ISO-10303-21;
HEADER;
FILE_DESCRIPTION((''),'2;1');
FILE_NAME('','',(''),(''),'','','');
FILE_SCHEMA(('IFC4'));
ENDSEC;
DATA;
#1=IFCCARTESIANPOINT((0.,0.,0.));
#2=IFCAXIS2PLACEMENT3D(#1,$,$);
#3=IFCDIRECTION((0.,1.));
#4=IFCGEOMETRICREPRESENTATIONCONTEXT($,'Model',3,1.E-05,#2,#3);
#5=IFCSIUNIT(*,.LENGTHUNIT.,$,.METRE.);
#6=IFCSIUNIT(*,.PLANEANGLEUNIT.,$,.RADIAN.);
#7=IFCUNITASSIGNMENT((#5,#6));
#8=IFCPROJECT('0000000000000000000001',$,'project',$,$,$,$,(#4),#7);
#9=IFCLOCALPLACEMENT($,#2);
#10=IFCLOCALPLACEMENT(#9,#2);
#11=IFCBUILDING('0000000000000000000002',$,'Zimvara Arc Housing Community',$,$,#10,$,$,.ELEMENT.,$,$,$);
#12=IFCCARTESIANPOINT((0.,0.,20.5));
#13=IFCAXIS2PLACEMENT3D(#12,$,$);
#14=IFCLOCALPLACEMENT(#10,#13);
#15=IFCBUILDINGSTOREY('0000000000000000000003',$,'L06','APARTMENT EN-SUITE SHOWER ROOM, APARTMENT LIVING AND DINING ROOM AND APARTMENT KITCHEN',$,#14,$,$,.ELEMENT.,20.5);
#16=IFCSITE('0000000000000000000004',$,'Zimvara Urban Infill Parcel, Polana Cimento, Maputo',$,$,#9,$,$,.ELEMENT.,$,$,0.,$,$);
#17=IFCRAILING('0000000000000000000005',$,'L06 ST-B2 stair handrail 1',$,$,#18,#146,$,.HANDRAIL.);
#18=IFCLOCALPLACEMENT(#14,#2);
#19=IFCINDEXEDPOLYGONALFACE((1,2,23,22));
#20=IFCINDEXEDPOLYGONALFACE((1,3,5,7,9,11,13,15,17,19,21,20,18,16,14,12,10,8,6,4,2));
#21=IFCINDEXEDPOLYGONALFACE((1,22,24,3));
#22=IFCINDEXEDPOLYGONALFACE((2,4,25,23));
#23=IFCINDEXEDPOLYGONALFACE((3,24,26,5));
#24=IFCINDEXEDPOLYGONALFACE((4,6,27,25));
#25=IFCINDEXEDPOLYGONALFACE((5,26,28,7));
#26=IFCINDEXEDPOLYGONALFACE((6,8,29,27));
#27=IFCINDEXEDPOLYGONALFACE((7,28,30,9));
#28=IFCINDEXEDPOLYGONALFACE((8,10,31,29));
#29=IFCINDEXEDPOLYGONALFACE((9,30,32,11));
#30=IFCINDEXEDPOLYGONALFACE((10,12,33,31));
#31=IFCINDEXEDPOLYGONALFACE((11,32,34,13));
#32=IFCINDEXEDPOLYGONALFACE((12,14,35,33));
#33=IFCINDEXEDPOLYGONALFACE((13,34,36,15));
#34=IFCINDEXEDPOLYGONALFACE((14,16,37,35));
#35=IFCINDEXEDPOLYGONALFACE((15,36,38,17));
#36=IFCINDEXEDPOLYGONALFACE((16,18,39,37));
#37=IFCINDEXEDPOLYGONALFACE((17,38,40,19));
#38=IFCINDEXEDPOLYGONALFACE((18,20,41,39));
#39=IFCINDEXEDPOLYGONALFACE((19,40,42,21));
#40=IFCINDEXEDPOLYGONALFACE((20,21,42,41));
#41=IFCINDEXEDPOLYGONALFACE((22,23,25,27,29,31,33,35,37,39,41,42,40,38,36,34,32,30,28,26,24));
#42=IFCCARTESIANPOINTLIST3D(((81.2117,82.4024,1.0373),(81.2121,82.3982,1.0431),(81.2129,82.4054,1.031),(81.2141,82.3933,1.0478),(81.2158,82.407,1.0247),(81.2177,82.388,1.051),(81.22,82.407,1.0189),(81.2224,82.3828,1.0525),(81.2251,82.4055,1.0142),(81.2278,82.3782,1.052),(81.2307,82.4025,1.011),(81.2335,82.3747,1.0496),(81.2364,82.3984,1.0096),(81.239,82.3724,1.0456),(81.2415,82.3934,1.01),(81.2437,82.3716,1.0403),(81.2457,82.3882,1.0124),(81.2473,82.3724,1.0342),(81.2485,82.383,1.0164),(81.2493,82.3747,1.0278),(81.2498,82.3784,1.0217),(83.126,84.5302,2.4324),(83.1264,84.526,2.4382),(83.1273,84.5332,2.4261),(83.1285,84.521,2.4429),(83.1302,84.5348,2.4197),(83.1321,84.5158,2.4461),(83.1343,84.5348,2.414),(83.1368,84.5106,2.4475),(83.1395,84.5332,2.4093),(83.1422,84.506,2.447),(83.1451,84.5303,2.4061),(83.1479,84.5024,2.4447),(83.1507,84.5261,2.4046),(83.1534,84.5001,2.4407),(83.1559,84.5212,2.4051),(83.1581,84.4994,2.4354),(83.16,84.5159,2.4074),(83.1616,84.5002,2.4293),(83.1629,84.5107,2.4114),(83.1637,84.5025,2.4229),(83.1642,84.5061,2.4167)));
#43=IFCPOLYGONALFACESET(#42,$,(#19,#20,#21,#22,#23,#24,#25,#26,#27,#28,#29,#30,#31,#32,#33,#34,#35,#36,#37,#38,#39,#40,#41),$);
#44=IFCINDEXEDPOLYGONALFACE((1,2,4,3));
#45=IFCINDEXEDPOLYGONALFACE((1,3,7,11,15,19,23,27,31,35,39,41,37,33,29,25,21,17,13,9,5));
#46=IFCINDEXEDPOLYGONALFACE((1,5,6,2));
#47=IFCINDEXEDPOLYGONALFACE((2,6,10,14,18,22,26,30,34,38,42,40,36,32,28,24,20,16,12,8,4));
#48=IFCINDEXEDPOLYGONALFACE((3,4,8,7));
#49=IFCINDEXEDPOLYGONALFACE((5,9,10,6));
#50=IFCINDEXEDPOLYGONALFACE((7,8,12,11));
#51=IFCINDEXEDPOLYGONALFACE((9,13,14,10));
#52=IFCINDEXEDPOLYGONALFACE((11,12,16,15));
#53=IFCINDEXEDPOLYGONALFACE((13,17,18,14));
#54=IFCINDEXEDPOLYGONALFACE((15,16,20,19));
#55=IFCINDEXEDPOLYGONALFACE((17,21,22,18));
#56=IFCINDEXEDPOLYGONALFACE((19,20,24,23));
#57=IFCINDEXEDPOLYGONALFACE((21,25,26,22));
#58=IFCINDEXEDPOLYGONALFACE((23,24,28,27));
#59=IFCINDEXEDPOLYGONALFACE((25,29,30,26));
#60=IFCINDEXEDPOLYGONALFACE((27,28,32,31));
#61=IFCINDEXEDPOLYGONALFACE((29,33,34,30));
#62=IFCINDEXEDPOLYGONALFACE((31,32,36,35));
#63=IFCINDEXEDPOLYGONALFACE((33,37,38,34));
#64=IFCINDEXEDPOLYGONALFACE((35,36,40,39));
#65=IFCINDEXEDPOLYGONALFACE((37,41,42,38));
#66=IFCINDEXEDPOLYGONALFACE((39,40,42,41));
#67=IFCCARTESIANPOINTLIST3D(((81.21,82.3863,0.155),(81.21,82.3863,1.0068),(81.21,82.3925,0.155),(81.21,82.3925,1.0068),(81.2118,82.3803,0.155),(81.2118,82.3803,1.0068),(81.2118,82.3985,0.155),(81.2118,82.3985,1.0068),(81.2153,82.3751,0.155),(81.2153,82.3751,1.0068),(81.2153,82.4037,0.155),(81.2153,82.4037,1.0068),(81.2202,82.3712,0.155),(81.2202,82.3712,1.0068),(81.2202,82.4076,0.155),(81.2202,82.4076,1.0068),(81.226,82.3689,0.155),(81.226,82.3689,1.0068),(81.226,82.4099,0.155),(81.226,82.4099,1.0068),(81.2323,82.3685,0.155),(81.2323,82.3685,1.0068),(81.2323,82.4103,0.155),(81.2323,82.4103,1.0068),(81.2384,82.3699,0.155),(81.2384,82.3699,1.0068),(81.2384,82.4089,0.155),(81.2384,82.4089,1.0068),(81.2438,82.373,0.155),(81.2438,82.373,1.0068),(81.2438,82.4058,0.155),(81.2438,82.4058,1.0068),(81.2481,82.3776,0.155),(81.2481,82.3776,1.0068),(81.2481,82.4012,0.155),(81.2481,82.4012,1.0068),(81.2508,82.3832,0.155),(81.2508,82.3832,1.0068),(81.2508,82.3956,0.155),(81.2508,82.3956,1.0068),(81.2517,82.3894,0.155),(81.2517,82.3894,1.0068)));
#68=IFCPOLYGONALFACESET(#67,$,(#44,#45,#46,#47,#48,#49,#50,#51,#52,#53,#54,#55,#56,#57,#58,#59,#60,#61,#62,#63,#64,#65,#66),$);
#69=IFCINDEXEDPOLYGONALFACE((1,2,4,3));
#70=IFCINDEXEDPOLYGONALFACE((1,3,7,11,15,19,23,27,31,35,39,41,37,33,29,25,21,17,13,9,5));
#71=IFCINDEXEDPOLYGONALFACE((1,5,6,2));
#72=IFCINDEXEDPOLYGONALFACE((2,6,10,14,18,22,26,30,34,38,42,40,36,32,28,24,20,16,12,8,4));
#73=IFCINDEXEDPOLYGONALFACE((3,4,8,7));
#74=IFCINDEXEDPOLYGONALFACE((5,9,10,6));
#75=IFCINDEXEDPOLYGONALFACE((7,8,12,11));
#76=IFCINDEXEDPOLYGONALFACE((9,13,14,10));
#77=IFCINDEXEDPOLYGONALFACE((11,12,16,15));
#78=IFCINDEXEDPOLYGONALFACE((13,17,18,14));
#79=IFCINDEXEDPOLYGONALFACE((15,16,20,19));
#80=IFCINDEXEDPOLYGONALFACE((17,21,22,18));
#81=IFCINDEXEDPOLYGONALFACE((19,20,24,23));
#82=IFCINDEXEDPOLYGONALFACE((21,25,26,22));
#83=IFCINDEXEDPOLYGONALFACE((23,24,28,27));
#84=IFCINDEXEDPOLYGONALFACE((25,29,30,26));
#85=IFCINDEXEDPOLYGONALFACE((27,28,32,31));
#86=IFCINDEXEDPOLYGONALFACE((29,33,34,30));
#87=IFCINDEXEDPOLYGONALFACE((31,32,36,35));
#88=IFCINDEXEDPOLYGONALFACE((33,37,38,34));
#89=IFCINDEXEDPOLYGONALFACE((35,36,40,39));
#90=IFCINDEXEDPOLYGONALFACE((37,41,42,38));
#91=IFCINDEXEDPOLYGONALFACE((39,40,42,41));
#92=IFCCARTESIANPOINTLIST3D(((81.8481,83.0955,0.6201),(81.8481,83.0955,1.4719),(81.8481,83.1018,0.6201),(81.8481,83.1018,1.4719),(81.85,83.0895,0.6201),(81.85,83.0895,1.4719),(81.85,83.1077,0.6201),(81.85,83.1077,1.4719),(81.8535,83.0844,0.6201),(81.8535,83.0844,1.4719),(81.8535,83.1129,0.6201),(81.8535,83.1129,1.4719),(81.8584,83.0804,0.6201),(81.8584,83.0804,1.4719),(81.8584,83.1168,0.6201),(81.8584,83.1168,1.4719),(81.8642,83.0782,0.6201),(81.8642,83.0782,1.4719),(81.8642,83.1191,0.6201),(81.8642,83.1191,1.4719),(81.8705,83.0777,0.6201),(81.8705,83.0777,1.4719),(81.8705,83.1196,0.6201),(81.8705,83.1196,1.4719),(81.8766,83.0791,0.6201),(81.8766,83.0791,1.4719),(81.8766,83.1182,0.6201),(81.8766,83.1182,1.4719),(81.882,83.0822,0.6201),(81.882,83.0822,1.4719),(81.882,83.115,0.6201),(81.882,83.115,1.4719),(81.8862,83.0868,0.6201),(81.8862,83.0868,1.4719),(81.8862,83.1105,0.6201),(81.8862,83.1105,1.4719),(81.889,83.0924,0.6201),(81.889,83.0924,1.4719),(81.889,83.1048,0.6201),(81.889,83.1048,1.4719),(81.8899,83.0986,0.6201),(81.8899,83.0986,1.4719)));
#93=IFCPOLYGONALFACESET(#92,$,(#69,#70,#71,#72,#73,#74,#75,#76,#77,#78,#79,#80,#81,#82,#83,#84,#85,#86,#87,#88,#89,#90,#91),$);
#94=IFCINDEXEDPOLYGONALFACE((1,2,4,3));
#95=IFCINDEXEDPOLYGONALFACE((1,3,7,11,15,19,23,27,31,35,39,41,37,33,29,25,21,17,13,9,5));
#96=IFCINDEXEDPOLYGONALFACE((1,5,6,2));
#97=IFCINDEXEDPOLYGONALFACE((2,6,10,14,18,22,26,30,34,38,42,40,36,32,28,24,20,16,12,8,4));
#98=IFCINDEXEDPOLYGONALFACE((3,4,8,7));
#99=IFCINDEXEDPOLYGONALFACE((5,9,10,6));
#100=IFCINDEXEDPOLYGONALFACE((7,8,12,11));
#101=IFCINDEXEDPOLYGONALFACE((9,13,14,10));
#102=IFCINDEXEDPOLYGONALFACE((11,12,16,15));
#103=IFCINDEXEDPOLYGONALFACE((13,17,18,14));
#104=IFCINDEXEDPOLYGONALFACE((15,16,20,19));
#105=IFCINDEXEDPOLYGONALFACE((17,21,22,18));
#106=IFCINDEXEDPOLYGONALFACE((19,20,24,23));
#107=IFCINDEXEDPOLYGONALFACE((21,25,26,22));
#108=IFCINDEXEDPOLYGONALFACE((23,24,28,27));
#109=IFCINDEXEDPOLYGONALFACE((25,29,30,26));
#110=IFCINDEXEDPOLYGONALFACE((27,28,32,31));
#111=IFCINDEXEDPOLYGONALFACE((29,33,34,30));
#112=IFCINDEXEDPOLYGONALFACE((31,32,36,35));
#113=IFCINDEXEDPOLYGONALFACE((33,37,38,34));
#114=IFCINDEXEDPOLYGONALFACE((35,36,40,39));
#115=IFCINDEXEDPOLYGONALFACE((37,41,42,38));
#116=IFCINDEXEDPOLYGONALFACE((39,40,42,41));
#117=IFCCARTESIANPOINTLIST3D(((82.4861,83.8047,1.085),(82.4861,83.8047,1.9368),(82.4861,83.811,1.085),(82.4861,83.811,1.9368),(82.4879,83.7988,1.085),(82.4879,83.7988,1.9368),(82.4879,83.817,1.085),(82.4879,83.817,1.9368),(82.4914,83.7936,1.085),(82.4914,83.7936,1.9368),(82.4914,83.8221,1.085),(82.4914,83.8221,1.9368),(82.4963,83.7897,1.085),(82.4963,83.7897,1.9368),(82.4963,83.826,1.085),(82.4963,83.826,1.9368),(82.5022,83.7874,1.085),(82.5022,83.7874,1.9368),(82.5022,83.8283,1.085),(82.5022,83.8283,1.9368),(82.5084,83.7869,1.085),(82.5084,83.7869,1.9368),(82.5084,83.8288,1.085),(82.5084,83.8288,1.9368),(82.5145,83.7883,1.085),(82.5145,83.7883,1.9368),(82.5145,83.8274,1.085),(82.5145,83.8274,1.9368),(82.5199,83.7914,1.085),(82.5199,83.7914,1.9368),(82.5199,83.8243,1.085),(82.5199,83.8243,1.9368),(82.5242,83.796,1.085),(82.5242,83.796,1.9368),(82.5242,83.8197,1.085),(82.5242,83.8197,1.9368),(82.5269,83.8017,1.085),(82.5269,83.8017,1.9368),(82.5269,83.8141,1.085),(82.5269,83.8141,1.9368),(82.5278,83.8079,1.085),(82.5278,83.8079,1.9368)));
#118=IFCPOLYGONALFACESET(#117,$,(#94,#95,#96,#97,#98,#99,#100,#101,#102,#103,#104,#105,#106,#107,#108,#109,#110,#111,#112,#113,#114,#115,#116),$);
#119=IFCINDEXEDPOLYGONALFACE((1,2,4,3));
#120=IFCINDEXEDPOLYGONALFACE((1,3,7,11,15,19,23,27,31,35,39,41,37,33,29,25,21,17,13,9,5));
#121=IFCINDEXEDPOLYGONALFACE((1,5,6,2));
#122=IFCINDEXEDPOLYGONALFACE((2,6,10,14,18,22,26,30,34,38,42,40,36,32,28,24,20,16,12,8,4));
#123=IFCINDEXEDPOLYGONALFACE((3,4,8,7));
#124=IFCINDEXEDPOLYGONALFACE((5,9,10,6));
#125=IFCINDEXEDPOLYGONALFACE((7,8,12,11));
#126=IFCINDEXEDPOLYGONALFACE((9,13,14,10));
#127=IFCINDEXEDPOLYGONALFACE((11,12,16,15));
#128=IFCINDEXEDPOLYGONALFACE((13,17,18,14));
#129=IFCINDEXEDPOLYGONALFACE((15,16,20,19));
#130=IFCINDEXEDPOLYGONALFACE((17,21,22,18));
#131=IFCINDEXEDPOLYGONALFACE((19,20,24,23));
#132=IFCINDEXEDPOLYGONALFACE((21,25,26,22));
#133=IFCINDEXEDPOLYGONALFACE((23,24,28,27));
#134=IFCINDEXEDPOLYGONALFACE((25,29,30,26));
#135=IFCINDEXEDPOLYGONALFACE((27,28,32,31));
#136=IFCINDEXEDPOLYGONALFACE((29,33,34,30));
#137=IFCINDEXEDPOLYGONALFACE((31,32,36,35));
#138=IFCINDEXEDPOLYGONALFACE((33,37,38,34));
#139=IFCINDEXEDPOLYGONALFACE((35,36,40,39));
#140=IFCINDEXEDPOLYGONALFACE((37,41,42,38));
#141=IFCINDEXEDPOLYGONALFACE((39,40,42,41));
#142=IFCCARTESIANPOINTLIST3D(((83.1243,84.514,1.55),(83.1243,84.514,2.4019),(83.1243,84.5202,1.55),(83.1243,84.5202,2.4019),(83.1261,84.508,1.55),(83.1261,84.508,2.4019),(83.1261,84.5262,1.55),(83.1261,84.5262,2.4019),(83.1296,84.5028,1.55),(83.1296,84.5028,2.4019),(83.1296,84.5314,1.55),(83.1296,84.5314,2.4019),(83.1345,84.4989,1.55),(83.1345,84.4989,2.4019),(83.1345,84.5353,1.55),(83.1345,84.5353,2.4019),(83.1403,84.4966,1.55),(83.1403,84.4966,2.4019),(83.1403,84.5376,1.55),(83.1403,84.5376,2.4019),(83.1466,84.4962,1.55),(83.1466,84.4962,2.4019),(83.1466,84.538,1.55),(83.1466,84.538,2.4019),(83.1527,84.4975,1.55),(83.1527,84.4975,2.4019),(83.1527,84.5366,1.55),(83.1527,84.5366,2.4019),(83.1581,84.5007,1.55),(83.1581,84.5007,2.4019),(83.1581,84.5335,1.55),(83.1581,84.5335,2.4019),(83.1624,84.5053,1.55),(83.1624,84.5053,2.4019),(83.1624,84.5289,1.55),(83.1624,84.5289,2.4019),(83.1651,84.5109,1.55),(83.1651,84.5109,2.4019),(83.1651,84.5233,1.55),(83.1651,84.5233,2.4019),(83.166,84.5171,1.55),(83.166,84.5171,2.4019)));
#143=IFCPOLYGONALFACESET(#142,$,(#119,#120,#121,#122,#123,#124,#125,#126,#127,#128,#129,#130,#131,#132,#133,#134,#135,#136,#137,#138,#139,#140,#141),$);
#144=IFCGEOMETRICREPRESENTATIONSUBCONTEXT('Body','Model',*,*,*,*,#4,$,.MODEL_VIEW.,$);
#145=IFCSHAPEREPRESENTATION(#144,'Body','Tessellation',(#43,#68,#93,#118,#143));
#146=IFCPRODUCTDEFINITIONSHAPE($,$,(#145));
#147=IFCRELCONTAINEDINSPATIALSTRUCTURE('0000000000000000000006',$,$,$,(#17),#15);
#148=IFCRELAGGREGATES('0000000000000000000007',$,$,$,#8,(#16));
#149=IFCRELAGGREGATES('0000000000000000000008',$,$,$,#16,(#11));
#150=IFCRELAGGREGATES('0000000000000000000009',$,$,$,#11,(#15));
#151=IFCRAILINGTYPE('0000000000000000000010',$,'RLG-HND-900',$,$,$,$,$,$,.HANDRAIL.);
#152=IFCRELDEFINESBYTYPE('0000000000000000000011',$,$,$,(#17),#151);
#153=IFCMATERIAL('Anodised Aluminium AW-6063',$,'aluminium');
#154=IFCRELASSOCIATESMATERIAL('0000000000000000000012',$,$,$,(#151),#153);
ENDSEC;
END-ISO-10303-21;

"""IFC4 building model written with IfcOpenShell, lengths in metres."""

from ifc_helpers import new_model, si_unit, direction, frame, origin, origin_2d, place, context, subcontext, project, spatial, circle, extrude, material, type_object, element, save


model = new_model("IFC4")

# Units and contexts
model_context = context("Model", 3, precision=1e-05, world=origin(), true_north=direction((0.0, 1.0)))
body_context = subcontext(model_context, "Body", "Model", "MODEL_VIEW")
ifc_project = project(units=[si_unit("LENGTHUNIT", "METRE"), si_unit("PLANEANGLEUNIT", "RADIAN")], contexts=[model_context])

# Site, building, storey
site_placement = place(None, origin())
site = spatial("IfcSite", under=ifc_project, at=site_placement, Name="Zimvara Urban Infill Parcel, Polana Cimento, Maputo", CompositionType="ELEMENT", RefElevation=0.0)
building_placement = place(site_placement, origin())
building = spatial("IfcBuilding", under=site, at=building_placement, Name="Zimvara Arc Housing Community", CompositionType="ELEMENT")
storey_placement = place(building_placement, frame((0.0, 0.0, 20.5)))
storey = spatial("IfcBuildingStorey", under=building, at=storey_placement, Name="L06", Description="APARTMENT EN-SUITE SHOWER ROOM, APARTMENT LIVING AND DINING ROOM AND APARTMENT KITCHEN", CompositionType="ELEMENT", Elevation=20.5)

# Railing
ifc_material_1 = material(Name="Anodised Aluminium AW-6063", Category="aluminium")
railing_type_1 = type_object("IfcRailingType", Name="RLG-HND-900", PredefinedType="HANDRAIL", material=ifc_material_1)
railing_1_placement = place(storey_placement, frame((81.2307, 82.3894, 0.155)))
element("IfcRailing", 1, at=railing_1_placement, inside=storey, type_object=railing_type_1, Name="L06 ST-B2 stair handrail 1", PredefinedType="HANDRAIL", context=body_context, shape_type="SweptSolid", body=[
    extrude(circle(Radius=0.0239, at=origin_2d()), frame((0.0, 0.0, 0.876), z_axis=(0.601232, 0.668248, 0.438138), x_axis=(-0.7434, 0.668847, 0.0)), (0.0, 0.0, 1.0), 3.1841),
    extrude(circle(Radius=0.021, at=origin_2d()), origin(), (0.0, 0.0, 1.0), 0.8518),
    extrude(circle(Radius=0.021, at=origin_2d()), frame((0.6382, 0.7092, 0.4651)), (0.0, 0.0, 1.0), 0.8518),
    extrude(circle(Radius=0.021, at=origin_2d()), frame((1.2761, 1.4185, 0.9299)), (0.0, 0.0, 1.0), 0.8518),
    extrude(circle(Radius=0.021, at=origin_2d()), frame((1.9143, 2.1277, 1.395)), (0.0, 0.0, 1.0), 0.8518),
])

save(model, "model.ifc")
